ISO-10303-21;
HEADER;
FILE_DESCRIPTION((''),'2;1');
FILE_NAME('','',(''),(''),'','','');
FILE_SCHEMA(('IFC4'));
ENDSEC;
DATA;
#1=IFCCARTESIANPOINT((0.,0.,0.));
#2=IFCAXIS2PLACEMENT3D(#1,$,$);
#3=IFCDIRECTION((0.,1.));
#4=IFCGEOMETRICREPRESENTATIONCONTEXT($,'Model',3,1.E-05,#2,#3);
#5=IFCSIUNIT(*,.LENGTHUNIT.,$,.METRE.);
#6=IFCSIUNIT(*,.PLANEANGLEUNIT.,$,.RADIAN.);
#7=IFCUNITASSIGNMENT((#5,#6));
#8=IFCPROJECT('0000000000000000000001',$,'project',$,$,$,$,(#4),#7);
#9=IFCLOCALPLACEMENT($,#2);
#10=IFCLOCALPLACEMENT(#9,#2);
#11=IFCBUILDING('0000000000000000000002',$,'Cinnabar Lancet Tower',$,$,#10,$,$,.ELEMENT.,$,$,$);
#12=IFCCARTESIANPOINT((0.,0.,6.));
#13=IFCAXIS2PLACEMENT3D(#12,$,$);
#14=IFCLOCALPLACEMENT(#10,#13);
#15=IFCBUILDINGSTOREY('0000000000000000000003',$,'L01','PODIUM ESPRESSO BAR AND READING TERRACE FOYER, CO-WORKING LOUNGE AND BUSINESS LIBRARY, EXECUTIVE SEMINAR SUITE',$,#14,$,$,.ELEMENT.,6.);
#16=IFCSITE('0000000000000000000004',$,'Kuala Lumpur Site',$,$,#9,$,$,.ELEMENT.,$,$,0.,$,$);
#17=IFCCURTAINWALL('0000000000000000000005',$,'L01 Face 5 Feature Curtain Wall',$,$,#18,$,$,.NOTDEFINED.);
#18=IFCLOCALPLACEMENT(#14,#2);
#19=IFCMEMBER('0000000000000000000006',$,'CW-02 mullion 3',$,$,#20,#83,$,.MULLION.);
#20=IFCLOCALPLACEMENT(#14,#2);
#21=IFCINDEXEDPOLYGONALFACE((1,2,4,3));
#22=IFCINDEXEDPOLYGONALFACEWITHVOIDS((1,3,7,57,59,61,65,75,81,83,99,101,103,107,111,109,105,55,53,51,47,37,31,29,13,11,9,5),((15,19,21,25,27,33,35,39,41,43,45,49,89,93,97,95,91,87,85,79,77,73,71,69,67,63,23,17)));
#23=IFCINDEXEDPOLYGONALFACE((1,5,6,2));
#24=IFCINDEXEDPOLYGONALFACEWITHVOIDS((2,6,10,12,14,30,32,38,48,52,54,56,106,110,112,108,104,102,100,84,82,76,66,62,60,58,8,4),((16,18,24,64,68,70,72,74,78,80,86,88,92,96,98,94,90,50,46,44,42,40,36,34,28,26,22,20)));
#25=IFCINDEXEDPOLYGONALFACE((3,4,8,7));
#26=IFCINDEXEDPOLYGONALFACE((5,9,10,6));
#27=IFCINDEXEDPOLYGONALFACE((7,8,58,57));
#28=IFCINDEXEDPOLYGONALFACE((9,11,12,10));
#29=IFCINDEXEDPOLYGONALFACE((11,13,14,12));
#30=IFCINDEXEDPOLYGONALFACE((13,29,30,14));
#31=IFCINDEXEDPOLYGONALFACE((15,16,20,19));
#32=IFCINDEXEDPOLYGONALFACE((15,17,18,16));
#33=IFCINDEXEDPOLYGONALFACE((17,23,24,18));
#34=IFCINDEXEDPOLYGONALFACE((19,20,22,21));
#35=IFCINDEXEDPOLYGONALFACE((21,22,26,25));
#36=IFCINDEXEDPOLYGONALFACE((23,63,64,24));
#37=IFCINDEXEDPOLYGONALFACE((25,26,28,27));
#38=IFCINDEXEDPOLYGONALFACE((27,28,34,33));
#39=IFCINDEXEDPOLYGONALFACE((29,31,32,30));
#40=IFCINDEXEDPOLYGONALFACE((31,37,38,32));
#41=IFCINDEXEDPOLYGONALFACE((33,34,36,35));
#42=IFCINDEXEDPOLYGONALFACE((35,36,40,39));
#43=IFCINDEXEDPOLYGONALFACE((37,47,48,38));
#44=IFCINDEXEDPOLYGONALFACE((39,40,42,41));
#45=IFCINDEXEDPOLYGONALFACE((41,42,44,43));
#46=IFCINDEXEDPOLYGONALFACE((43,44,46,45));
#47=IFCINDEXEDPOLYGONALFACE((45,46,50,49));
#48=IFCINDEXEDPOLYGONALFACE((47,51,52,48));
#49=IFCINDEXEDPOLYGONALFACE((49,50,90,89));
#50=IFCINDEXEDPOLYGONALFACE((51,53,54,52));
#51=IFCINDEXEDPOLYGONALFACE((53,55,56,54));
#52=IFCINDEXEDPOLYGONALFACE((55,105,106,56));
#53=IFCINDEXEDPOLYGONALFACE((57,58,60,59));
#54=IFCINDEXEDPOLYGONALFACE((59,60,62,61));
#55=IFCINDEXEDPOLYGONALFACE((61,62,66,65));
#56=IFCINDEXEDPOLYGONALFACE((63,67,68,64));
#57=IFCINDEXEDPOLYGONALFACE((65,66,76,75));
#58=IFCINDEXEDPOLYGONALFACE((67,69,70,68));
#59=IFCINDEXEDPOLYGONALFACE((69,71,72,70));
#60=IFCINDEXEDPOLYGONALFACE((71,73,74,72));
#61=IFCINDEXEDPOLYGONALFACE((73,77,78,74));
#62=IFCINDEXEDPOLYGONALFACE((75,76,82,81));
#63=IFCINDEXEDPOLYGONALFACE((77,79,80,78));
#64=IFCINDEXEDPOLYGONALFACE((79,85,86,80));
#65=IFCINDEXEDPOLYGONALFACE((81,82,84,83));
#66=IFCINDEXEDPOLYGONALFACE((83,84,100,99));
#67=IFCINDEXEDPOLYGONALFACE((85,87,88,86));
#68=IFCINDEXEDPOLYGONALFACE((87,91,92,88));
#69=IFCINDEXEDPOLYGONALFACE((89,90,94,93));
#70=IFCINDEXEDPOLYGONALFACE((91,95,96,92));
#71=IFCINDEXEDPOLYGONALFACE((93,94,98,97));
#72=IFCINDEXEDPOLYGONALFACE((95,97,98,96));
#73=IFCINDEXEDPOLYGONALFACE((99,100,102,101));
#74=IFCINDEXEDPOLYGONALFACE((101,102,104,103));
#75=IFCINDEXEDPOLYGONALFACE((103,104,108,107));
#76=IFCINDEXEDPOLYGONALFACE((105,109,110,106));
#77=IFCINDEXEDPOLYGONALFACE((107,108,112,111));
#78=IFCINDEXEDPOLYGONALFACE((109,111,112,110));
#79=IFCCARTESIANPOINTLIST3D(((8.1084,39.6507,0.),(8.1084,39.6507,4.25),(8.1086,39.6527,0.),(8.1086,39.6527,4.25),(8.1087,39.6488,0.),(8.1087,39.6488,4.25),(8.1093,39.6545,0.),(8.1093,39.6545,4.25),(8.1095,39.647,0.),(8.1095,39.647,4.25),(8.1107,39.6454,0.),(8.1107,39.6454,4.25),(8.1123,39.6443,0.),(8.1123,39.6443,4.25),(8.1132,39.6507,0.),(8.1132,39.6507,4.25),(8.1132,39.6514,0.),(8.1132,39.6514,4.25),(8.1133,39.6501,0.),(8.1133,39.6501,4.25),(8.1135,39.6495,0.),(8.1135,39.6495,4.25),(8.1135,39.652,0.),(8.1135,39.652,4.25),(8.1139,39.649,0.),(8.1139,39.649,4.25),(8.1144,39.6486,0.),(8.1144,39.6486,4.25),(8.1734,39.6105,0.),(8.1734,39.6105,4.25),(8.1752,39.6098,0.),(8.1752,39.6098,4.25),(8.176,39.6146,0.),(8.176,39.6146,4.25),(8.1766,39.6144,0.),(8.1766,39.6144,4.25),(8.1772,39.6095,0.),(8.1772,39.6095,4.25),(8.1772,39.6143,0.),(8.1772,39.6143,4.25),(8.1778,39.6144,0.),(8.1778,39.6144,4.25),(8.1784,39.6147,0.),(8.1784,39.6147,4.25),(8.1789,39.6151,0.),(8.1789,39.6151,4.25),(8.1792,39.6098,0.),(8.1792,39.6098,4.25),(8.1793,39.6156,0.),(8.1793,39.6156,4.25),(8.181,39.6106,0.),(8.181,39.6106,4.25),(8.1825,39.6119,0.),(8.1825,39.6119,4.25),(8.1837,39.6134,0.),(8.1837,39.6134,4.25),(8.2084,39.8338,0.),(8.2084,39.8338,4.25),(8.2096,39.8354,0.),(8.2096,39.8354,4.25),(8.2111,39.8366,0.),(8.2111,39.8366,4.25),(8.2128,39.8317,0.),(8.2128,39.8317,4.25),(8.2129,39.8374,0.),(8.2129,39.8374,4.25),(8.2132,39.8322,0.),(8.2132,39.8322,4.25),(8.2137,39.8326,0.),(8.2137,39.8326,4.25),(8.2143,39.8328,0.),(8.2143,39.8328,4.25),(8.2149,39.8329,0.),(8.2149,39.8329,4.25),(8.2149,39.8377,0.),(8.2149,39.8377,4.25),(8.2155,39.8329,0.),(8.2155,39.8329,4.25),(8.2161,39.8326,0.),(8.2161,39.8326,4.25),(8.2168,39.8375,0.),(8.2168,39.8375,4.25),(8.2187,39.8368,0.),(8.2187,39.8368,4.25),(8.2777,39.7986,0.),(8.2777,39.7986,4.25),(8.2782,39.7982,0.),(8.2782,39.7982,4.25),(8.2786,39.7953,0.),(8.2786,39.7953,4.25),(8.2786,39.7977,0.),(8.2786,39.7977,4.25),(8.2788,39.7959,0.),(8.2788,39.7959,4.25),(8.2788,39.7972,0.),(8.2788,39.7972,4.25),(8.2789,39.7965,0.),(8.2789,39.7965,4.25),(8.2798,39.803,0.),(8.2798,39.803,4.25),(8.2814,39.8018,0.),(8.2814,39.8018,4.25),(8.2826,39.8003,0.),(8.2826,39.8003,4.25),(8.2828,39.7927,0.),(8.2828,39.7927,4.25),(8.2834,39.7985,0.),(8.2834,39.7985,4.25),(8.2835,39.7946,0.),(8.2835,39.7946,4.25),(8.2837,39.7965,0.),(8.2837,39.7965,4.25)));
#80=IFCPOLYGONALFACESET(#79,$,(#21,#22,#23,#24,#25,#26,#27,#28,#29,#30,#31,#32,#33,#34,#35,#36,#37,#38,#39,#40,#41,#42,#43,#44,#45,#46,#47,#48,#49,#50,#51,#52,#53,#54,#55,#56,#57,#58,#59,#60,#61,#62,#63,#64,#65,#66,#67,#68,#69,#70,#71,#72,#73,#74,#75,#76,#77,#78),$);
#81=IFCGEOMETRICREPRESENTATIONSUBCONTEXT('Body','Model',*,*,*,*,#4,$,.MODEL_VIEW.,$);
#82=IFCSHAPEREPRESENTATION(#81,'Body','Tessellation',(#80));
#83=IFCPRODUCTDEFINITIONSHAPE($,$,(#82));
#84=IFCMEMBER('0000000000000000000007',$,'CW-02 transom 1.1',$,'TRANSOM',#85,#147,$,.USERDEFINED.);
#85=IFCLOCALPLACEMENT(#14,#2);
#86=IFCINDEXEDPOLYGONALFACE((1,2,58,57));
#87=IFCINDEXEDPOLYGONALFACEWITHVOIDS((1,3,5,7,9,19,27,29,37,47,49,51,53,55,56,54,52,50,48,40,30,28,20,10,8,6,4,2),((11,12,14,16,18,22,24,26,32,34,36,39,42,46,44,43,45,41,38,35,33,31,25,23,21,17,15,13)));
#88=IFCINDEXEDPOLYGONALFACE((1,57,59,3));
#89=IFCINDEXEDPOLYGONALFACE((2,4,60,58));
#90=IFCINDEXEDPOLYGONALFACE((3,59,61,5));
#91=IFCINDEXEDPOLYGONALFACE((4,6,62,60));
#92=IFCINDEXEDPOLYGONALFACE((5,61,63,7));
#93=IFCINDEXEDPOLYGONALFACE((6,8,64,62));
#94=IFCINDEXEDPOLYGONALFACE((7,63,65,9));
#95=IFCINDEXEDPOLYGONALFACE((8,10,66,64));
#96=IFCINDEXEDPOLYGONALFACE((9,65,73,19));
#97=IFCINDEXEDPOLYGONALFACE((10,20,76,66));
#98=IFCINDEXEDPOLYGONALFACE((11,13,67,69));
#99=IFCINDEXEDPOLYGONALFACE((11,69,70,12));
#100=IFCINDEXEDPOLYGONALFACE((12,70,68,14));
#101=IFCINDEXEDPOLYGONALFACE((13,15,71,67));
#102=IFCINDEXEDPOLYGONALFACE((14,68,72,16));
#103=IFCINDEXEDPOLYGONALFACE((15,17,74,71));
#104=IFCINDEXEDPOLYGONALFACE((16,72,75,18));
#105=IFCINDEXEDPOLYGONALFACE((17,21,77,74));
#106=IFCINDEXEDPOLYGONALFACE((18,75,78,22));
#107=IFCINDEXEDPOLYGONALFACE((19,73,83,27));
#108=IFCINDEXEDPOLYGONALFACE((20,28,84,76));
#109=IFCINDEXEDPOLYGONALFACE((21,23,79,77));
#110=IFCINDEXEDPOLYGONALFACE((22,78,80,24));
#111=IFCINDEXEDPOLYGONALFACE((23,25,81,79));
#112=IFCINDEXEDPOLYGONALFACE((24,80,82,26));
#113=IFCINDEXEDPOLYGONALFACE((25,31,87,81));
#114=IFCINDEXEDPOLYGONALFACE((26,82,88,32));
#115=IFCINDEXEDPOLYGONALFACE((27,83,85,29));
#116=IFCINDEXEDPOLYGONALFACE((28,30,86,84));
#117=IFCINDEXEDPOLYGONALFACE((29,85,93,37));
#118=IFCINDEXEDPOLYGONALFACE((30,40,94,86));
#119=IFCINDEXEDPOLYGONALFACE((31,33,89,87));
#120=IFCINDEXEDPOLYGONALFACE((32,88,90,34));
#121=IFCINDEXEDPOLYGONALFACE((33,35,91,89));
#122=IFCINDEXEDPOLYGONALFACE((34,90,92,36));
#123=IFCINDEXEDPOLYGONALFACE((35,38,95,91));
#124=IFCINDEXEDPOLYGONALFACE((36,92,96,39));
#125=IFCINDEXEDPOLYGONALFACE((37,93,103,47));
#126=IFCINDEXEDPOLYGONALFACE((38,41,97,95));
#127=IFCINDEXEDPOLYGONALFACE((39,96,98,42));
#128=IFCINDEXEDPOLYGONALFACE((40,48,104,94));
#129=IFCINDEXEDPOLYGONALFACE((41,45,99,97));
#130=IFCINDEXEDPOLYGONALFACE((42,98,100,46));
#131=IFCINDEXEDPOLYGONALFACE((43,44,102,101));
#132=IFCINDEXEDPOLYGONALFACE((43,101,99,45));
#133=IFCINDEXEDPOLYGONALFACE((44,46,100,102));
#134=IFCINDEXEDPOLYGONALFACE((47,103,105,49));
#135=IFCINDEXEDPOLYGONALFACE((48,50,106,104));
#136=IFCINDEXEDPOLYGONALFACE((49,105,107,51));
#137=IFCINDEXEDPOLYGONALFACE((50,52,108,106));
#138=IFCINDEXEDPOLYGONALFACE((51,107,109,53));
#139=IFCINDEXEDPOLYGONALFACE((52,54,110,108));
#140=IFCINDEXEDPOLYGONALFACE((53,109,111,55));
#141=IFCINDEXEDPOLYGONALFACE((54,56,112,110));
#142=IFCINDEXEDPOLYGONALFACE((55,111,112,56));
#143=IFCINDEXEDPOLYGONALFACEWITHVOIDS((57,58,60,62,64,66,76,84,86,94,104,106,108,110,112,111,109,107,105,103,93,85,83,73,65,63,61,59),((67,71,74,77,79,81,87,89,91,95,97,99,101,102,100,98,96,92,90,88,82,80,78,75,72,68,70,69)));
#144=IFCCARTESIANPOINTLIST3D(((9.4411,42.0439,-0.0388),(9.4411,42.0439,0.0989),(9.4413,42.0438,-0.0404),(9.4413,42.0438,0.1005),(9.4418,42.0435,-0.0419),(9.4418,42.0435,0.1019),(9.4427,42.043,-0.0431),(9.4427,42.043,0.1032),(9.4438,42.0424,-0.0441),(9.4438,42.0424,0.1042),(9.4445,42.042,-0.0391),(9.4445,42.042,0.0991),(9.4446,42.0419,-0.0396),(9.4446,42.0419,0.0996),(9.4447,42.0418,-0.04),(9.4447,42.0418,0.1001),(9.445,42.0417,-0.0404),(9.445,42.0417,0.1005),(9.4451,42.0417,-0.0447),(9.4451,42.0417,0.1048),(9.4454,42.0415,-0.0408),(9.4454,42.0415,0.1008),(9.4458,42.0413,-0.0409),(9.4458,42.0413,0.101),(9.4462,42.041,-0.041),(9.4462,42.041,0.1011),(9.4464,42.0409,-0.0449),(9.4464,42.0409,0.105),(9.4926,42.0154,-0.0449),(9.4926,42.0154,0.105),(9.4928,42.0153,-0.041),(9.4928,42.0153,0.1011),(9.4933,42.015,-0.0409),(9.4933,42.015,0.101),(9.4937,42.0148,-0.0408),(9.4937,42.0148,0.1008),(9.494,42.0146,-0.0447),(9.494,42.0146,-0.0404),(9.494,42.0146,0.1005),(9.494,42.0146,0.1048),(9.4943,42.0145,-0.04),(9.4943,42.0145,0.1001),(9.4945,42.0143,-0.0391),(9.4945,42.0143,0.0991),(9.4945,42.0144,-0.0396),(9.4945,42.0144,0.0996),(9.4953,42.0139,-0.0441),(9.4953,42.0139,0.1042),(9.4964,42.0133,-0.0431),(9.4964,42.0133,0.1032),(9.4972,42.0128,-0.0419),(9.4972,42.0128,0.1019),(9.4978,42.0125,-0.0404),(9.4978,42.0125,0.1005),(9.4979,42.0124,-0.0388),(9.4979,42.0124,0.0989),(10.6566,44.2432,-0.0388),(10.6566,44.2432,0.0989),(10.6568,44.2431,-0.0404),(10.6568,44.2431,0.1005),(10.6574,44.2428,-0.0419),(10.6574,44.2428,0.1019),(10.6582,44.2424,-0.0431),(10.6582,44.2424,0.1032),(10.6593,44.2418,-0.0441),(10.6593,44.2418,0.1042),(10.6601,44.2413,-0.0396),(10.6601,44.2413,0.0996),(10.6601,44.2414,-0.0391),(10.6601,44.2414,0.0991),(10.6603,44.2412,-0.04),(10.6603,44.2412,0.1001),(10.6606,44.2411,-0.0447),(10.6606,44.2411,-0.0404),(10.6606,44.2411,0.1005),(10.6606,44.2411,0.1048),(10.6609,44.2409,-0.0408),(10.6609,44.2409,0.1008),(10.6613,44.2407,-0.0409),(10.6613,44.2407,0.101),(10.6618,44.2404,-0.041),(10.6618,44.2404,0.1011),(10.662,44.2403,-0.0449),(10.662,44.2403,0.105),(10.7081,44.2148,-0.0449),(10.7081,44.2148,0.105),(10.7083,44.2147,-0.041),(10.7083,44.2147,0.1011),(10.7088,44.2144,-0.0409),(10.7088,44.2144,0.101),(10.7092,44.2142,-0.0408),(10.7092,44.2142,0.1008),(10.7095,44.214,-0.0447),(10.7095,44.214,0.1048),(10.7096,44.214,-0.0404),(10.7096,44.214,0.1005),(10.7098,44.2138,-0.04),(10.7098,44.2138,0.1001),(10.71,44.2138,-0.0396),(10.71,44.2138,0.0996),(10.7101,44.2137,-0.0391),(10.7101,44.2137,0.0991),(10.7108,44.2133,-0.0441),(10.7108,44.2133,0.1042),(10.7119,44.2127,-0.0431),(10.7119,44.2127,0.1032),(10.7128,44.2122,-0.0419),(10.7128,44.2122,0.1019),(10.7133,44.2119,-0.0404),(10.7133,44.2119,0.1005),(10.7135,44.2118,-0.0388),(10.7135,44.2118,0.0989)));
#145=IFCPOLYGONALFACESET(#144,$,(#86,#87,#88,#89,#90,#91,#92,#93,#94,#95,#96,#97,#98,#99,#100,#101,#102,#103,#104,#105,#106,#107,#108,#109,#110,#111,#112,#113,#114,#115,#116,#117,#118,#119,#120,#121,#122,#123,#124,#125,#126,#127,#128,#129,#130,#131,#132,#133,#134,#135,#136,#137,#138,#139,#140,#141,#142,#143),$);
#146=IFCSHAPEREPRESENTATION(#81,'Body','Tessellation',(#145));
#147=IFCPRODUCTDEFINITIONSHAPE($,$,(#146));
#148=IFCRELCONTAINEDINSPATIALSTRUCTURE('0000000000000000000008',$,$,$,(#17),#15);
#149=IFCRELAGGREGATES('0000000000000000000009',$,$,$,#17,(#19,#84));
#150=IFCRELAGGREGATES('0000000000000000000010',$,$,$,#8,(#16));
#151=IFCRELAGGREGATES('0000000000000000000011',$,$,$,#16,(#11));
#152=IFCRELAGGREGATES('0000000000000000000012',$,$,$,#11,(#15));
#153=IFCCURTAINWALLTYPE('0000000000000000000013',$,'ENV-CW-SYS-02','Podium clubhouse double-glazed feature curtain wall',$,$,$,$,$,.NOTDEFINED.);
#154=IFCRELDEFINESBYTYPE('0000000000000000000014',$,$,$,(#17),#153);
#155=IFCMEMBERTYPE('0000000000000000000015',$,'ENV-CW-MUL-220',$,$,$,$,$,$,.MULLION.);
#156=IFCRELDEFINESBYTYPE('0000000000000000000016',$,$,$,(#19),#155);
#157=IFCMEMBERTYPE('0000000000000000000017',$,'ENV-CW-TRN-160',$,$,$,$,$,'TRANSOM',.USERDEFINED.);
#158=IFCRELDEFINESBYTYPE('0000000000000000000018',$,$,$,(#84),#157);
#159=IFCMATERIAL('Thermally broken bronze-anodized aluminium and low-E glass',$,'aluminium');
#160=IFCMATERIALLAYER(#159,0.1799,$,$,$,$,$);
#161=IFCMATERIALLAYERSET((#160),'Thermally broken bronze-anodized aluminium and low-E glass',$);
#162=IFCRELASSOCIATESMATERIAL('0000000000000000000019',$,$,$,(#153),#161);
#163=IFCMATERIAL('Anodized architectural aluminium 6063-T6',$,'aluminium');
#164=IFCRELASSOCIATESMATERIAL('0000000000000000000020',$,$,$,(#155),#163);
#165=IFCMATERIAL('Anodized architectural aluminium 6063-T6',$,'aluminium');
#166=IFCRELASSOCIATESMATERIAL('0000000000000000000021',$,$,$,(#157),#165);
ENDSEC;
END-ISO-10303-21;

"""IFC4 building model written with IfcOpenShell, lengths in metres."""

from ifc_helpers import new_model, si_unit, direction, frame, origin, origin_2d, place, context, subcontext, project, spatial, hollow_rectangle, extrude, material, layer, layer_set, material_profile, profile_set, type_object, element, aggregate, save


model = new_model("IFC4")

# Units and contexts
model_context = context("Model", 3, precision=1e-05, world=origin(), true_north=direction((0.0, 1.0)))
body_context = subcontext(model_context, "Body", "Model", "MODEL_VIEW")
ifc_project = project(units=[si_unit("LENGTHUNIT", "METRE"), si_unit("PLANEANGLEUNIT", "RADIAN")], contexts=[model_context])

# Site, building, storey
site_placement = place(None, origin())
site = spatial("IfcSite", under=ifc_project, at=site_placement, Name="Kuala Lumpur Site", CompositionType="ELEMENT", RefElevation=0.0)
building_placement = place(site_placement, origin())
building = spatial("IfcBuilding", under=site, at=building_placement, Name="Cinnabar Lancet Tower", CompositionType="ELEMENT")
storey_placement = place(building_placement, frame((0.0, 0.0, 6.0)))
storey = spatial("IfcBuildingStorey", under=building, at=storey_placement, Name="L01", Description="PODIUM ESPRESSO BAR AND READING TERRACE FOYER, CO-WORKING LOUNGE AND BUSINESS LIBRARY, EXECUTIVE SEMINAR SUITE", CompositionType="ELEMENT", Elevation=6.0)

# Curtain wall, members
ifc_material_1 = material(Name="Thermally broken bronze-anodized aluminium and low-E glass", Category="aluminium")
ifc_layer_1 = layer(ifc_material_1, 0.1799)
ifc_layer_set_1 = layer_set([ifc_layer_1], Name="Thermally broken bronze-anodized aluminium and low-E glass")
curtain_wall_type = type_object("IfcCurtainWallType", Name="ENV-CW-SYS-02", Description="Podium clubhouse double-glazed feature curtain wall", PredefinedType="NOTDEFINED", material=ifc_layer_set_1)
curtain_wall_placement = place(storey_placement, origin())
curtain_wall = element("IfcCurtainWall", 1, at=curtain_wall_placement, inside=storey, type_object=curtain_wall_type, Name="L01 Face 5 Feature Curtain Wall", PredefinedType="NOTDEFINED")
ifc_material_2 = material(Name="Anodized architectural aluminium 6063-T6", Category="aluminium")
ifc_material_profile_1 = material_profile(ifc_material_2, hollow_rectangle(XDim=0.085, YDim=0.22, WallThickness=0.0049, InnerFilletRadius=0.0024, OuterFilletRadius=0.0076, at=origin_2d()), Name="CW-MUL 220x85x5")
ifc_profile_set_1 = profile_set([ifc_material_profile_1], Name="Anodized architectural aluminium 6063-T6")
member_type_1 = type_object("IfcMemberType", Name="ENV-CW-MUL-220", PredefinedType="MULLION", material=ifc_profile_set_1)
member_1_placement = place(storey_placement, frame((8.196, 39.7236, 0.0), z_axis=(0.0, 0.0, 1.0), x_axis=(0.875242, -0.483685, 0.0)))
member_1 = element("IfcMember", 2, at=member_1_placement, type_object=member_type_1, Name="CW-02 mullion 3", PredefinedType="MULLION", context=body_context, shape_type="SweptSolid", body=[
    extrude(hollow_rectangle(XDim=0.085, YDim=0.22, WallThickness=0.0049, InnerFilletRadius=0.0024, OuterFilletRadius=0.0076, at=origin_2d()), origin(), (0.0, 0.0, 1.0), 4.25),
])
ifc_material_3 = material(Name="Anodized architectural aluminium 6063-T6", Category="aluminium")
ifc_material_profile_2 = material_profile(ifc_material_3, hollow_rectangle(XDim=0.0649, YDim=0.1499, WallThickness=0.0039, InnerFilletRadius=0.002, OuterFilletRadius=0.0061, at=origin_2d()), Name="CW-TRN 150x65x4")
ifc_profile_set_2 = profile_set([ifc_material_profile_2], Name="Anodized architectural aluminium 6063-T6")
member_type_2 = type_object("IfcMemberType", Name="ENV-CW-TRN-160", ElementType="TRANSOM", PredefinedType="USERDEFINED", material=ifc_profile_set_2)
member_2_placement = place(storey_placement, frame((10.6851, 44.2275, 0.03), z_axis=(-0.483712, -0.875227, 0.0), x_axis=(0.875227, -0.483712, 0.0)))
member_2 = element("IfcMember", 3, at=member_2_placement, type_object=member_type_2, Name="CW-02 transom 1.1", ObjectType="TRANSOM", PredefinedType="USERDEFINED", context=body_context, shape_type="SweptSolid", body=[
    extrude(hollow_rectangle(XDim=0.0649, YDim=0.1499, WallThickness=0.0039, InnerFilletRadius=0.002, OuterFilletRadius=0.0061, at=origin_2d()), origin(), (0.0, 0.0, 1.0), 2.5129),
])

aggregate(curtain_wall, [member_1, member_2])

save(model, "model.ifc")
